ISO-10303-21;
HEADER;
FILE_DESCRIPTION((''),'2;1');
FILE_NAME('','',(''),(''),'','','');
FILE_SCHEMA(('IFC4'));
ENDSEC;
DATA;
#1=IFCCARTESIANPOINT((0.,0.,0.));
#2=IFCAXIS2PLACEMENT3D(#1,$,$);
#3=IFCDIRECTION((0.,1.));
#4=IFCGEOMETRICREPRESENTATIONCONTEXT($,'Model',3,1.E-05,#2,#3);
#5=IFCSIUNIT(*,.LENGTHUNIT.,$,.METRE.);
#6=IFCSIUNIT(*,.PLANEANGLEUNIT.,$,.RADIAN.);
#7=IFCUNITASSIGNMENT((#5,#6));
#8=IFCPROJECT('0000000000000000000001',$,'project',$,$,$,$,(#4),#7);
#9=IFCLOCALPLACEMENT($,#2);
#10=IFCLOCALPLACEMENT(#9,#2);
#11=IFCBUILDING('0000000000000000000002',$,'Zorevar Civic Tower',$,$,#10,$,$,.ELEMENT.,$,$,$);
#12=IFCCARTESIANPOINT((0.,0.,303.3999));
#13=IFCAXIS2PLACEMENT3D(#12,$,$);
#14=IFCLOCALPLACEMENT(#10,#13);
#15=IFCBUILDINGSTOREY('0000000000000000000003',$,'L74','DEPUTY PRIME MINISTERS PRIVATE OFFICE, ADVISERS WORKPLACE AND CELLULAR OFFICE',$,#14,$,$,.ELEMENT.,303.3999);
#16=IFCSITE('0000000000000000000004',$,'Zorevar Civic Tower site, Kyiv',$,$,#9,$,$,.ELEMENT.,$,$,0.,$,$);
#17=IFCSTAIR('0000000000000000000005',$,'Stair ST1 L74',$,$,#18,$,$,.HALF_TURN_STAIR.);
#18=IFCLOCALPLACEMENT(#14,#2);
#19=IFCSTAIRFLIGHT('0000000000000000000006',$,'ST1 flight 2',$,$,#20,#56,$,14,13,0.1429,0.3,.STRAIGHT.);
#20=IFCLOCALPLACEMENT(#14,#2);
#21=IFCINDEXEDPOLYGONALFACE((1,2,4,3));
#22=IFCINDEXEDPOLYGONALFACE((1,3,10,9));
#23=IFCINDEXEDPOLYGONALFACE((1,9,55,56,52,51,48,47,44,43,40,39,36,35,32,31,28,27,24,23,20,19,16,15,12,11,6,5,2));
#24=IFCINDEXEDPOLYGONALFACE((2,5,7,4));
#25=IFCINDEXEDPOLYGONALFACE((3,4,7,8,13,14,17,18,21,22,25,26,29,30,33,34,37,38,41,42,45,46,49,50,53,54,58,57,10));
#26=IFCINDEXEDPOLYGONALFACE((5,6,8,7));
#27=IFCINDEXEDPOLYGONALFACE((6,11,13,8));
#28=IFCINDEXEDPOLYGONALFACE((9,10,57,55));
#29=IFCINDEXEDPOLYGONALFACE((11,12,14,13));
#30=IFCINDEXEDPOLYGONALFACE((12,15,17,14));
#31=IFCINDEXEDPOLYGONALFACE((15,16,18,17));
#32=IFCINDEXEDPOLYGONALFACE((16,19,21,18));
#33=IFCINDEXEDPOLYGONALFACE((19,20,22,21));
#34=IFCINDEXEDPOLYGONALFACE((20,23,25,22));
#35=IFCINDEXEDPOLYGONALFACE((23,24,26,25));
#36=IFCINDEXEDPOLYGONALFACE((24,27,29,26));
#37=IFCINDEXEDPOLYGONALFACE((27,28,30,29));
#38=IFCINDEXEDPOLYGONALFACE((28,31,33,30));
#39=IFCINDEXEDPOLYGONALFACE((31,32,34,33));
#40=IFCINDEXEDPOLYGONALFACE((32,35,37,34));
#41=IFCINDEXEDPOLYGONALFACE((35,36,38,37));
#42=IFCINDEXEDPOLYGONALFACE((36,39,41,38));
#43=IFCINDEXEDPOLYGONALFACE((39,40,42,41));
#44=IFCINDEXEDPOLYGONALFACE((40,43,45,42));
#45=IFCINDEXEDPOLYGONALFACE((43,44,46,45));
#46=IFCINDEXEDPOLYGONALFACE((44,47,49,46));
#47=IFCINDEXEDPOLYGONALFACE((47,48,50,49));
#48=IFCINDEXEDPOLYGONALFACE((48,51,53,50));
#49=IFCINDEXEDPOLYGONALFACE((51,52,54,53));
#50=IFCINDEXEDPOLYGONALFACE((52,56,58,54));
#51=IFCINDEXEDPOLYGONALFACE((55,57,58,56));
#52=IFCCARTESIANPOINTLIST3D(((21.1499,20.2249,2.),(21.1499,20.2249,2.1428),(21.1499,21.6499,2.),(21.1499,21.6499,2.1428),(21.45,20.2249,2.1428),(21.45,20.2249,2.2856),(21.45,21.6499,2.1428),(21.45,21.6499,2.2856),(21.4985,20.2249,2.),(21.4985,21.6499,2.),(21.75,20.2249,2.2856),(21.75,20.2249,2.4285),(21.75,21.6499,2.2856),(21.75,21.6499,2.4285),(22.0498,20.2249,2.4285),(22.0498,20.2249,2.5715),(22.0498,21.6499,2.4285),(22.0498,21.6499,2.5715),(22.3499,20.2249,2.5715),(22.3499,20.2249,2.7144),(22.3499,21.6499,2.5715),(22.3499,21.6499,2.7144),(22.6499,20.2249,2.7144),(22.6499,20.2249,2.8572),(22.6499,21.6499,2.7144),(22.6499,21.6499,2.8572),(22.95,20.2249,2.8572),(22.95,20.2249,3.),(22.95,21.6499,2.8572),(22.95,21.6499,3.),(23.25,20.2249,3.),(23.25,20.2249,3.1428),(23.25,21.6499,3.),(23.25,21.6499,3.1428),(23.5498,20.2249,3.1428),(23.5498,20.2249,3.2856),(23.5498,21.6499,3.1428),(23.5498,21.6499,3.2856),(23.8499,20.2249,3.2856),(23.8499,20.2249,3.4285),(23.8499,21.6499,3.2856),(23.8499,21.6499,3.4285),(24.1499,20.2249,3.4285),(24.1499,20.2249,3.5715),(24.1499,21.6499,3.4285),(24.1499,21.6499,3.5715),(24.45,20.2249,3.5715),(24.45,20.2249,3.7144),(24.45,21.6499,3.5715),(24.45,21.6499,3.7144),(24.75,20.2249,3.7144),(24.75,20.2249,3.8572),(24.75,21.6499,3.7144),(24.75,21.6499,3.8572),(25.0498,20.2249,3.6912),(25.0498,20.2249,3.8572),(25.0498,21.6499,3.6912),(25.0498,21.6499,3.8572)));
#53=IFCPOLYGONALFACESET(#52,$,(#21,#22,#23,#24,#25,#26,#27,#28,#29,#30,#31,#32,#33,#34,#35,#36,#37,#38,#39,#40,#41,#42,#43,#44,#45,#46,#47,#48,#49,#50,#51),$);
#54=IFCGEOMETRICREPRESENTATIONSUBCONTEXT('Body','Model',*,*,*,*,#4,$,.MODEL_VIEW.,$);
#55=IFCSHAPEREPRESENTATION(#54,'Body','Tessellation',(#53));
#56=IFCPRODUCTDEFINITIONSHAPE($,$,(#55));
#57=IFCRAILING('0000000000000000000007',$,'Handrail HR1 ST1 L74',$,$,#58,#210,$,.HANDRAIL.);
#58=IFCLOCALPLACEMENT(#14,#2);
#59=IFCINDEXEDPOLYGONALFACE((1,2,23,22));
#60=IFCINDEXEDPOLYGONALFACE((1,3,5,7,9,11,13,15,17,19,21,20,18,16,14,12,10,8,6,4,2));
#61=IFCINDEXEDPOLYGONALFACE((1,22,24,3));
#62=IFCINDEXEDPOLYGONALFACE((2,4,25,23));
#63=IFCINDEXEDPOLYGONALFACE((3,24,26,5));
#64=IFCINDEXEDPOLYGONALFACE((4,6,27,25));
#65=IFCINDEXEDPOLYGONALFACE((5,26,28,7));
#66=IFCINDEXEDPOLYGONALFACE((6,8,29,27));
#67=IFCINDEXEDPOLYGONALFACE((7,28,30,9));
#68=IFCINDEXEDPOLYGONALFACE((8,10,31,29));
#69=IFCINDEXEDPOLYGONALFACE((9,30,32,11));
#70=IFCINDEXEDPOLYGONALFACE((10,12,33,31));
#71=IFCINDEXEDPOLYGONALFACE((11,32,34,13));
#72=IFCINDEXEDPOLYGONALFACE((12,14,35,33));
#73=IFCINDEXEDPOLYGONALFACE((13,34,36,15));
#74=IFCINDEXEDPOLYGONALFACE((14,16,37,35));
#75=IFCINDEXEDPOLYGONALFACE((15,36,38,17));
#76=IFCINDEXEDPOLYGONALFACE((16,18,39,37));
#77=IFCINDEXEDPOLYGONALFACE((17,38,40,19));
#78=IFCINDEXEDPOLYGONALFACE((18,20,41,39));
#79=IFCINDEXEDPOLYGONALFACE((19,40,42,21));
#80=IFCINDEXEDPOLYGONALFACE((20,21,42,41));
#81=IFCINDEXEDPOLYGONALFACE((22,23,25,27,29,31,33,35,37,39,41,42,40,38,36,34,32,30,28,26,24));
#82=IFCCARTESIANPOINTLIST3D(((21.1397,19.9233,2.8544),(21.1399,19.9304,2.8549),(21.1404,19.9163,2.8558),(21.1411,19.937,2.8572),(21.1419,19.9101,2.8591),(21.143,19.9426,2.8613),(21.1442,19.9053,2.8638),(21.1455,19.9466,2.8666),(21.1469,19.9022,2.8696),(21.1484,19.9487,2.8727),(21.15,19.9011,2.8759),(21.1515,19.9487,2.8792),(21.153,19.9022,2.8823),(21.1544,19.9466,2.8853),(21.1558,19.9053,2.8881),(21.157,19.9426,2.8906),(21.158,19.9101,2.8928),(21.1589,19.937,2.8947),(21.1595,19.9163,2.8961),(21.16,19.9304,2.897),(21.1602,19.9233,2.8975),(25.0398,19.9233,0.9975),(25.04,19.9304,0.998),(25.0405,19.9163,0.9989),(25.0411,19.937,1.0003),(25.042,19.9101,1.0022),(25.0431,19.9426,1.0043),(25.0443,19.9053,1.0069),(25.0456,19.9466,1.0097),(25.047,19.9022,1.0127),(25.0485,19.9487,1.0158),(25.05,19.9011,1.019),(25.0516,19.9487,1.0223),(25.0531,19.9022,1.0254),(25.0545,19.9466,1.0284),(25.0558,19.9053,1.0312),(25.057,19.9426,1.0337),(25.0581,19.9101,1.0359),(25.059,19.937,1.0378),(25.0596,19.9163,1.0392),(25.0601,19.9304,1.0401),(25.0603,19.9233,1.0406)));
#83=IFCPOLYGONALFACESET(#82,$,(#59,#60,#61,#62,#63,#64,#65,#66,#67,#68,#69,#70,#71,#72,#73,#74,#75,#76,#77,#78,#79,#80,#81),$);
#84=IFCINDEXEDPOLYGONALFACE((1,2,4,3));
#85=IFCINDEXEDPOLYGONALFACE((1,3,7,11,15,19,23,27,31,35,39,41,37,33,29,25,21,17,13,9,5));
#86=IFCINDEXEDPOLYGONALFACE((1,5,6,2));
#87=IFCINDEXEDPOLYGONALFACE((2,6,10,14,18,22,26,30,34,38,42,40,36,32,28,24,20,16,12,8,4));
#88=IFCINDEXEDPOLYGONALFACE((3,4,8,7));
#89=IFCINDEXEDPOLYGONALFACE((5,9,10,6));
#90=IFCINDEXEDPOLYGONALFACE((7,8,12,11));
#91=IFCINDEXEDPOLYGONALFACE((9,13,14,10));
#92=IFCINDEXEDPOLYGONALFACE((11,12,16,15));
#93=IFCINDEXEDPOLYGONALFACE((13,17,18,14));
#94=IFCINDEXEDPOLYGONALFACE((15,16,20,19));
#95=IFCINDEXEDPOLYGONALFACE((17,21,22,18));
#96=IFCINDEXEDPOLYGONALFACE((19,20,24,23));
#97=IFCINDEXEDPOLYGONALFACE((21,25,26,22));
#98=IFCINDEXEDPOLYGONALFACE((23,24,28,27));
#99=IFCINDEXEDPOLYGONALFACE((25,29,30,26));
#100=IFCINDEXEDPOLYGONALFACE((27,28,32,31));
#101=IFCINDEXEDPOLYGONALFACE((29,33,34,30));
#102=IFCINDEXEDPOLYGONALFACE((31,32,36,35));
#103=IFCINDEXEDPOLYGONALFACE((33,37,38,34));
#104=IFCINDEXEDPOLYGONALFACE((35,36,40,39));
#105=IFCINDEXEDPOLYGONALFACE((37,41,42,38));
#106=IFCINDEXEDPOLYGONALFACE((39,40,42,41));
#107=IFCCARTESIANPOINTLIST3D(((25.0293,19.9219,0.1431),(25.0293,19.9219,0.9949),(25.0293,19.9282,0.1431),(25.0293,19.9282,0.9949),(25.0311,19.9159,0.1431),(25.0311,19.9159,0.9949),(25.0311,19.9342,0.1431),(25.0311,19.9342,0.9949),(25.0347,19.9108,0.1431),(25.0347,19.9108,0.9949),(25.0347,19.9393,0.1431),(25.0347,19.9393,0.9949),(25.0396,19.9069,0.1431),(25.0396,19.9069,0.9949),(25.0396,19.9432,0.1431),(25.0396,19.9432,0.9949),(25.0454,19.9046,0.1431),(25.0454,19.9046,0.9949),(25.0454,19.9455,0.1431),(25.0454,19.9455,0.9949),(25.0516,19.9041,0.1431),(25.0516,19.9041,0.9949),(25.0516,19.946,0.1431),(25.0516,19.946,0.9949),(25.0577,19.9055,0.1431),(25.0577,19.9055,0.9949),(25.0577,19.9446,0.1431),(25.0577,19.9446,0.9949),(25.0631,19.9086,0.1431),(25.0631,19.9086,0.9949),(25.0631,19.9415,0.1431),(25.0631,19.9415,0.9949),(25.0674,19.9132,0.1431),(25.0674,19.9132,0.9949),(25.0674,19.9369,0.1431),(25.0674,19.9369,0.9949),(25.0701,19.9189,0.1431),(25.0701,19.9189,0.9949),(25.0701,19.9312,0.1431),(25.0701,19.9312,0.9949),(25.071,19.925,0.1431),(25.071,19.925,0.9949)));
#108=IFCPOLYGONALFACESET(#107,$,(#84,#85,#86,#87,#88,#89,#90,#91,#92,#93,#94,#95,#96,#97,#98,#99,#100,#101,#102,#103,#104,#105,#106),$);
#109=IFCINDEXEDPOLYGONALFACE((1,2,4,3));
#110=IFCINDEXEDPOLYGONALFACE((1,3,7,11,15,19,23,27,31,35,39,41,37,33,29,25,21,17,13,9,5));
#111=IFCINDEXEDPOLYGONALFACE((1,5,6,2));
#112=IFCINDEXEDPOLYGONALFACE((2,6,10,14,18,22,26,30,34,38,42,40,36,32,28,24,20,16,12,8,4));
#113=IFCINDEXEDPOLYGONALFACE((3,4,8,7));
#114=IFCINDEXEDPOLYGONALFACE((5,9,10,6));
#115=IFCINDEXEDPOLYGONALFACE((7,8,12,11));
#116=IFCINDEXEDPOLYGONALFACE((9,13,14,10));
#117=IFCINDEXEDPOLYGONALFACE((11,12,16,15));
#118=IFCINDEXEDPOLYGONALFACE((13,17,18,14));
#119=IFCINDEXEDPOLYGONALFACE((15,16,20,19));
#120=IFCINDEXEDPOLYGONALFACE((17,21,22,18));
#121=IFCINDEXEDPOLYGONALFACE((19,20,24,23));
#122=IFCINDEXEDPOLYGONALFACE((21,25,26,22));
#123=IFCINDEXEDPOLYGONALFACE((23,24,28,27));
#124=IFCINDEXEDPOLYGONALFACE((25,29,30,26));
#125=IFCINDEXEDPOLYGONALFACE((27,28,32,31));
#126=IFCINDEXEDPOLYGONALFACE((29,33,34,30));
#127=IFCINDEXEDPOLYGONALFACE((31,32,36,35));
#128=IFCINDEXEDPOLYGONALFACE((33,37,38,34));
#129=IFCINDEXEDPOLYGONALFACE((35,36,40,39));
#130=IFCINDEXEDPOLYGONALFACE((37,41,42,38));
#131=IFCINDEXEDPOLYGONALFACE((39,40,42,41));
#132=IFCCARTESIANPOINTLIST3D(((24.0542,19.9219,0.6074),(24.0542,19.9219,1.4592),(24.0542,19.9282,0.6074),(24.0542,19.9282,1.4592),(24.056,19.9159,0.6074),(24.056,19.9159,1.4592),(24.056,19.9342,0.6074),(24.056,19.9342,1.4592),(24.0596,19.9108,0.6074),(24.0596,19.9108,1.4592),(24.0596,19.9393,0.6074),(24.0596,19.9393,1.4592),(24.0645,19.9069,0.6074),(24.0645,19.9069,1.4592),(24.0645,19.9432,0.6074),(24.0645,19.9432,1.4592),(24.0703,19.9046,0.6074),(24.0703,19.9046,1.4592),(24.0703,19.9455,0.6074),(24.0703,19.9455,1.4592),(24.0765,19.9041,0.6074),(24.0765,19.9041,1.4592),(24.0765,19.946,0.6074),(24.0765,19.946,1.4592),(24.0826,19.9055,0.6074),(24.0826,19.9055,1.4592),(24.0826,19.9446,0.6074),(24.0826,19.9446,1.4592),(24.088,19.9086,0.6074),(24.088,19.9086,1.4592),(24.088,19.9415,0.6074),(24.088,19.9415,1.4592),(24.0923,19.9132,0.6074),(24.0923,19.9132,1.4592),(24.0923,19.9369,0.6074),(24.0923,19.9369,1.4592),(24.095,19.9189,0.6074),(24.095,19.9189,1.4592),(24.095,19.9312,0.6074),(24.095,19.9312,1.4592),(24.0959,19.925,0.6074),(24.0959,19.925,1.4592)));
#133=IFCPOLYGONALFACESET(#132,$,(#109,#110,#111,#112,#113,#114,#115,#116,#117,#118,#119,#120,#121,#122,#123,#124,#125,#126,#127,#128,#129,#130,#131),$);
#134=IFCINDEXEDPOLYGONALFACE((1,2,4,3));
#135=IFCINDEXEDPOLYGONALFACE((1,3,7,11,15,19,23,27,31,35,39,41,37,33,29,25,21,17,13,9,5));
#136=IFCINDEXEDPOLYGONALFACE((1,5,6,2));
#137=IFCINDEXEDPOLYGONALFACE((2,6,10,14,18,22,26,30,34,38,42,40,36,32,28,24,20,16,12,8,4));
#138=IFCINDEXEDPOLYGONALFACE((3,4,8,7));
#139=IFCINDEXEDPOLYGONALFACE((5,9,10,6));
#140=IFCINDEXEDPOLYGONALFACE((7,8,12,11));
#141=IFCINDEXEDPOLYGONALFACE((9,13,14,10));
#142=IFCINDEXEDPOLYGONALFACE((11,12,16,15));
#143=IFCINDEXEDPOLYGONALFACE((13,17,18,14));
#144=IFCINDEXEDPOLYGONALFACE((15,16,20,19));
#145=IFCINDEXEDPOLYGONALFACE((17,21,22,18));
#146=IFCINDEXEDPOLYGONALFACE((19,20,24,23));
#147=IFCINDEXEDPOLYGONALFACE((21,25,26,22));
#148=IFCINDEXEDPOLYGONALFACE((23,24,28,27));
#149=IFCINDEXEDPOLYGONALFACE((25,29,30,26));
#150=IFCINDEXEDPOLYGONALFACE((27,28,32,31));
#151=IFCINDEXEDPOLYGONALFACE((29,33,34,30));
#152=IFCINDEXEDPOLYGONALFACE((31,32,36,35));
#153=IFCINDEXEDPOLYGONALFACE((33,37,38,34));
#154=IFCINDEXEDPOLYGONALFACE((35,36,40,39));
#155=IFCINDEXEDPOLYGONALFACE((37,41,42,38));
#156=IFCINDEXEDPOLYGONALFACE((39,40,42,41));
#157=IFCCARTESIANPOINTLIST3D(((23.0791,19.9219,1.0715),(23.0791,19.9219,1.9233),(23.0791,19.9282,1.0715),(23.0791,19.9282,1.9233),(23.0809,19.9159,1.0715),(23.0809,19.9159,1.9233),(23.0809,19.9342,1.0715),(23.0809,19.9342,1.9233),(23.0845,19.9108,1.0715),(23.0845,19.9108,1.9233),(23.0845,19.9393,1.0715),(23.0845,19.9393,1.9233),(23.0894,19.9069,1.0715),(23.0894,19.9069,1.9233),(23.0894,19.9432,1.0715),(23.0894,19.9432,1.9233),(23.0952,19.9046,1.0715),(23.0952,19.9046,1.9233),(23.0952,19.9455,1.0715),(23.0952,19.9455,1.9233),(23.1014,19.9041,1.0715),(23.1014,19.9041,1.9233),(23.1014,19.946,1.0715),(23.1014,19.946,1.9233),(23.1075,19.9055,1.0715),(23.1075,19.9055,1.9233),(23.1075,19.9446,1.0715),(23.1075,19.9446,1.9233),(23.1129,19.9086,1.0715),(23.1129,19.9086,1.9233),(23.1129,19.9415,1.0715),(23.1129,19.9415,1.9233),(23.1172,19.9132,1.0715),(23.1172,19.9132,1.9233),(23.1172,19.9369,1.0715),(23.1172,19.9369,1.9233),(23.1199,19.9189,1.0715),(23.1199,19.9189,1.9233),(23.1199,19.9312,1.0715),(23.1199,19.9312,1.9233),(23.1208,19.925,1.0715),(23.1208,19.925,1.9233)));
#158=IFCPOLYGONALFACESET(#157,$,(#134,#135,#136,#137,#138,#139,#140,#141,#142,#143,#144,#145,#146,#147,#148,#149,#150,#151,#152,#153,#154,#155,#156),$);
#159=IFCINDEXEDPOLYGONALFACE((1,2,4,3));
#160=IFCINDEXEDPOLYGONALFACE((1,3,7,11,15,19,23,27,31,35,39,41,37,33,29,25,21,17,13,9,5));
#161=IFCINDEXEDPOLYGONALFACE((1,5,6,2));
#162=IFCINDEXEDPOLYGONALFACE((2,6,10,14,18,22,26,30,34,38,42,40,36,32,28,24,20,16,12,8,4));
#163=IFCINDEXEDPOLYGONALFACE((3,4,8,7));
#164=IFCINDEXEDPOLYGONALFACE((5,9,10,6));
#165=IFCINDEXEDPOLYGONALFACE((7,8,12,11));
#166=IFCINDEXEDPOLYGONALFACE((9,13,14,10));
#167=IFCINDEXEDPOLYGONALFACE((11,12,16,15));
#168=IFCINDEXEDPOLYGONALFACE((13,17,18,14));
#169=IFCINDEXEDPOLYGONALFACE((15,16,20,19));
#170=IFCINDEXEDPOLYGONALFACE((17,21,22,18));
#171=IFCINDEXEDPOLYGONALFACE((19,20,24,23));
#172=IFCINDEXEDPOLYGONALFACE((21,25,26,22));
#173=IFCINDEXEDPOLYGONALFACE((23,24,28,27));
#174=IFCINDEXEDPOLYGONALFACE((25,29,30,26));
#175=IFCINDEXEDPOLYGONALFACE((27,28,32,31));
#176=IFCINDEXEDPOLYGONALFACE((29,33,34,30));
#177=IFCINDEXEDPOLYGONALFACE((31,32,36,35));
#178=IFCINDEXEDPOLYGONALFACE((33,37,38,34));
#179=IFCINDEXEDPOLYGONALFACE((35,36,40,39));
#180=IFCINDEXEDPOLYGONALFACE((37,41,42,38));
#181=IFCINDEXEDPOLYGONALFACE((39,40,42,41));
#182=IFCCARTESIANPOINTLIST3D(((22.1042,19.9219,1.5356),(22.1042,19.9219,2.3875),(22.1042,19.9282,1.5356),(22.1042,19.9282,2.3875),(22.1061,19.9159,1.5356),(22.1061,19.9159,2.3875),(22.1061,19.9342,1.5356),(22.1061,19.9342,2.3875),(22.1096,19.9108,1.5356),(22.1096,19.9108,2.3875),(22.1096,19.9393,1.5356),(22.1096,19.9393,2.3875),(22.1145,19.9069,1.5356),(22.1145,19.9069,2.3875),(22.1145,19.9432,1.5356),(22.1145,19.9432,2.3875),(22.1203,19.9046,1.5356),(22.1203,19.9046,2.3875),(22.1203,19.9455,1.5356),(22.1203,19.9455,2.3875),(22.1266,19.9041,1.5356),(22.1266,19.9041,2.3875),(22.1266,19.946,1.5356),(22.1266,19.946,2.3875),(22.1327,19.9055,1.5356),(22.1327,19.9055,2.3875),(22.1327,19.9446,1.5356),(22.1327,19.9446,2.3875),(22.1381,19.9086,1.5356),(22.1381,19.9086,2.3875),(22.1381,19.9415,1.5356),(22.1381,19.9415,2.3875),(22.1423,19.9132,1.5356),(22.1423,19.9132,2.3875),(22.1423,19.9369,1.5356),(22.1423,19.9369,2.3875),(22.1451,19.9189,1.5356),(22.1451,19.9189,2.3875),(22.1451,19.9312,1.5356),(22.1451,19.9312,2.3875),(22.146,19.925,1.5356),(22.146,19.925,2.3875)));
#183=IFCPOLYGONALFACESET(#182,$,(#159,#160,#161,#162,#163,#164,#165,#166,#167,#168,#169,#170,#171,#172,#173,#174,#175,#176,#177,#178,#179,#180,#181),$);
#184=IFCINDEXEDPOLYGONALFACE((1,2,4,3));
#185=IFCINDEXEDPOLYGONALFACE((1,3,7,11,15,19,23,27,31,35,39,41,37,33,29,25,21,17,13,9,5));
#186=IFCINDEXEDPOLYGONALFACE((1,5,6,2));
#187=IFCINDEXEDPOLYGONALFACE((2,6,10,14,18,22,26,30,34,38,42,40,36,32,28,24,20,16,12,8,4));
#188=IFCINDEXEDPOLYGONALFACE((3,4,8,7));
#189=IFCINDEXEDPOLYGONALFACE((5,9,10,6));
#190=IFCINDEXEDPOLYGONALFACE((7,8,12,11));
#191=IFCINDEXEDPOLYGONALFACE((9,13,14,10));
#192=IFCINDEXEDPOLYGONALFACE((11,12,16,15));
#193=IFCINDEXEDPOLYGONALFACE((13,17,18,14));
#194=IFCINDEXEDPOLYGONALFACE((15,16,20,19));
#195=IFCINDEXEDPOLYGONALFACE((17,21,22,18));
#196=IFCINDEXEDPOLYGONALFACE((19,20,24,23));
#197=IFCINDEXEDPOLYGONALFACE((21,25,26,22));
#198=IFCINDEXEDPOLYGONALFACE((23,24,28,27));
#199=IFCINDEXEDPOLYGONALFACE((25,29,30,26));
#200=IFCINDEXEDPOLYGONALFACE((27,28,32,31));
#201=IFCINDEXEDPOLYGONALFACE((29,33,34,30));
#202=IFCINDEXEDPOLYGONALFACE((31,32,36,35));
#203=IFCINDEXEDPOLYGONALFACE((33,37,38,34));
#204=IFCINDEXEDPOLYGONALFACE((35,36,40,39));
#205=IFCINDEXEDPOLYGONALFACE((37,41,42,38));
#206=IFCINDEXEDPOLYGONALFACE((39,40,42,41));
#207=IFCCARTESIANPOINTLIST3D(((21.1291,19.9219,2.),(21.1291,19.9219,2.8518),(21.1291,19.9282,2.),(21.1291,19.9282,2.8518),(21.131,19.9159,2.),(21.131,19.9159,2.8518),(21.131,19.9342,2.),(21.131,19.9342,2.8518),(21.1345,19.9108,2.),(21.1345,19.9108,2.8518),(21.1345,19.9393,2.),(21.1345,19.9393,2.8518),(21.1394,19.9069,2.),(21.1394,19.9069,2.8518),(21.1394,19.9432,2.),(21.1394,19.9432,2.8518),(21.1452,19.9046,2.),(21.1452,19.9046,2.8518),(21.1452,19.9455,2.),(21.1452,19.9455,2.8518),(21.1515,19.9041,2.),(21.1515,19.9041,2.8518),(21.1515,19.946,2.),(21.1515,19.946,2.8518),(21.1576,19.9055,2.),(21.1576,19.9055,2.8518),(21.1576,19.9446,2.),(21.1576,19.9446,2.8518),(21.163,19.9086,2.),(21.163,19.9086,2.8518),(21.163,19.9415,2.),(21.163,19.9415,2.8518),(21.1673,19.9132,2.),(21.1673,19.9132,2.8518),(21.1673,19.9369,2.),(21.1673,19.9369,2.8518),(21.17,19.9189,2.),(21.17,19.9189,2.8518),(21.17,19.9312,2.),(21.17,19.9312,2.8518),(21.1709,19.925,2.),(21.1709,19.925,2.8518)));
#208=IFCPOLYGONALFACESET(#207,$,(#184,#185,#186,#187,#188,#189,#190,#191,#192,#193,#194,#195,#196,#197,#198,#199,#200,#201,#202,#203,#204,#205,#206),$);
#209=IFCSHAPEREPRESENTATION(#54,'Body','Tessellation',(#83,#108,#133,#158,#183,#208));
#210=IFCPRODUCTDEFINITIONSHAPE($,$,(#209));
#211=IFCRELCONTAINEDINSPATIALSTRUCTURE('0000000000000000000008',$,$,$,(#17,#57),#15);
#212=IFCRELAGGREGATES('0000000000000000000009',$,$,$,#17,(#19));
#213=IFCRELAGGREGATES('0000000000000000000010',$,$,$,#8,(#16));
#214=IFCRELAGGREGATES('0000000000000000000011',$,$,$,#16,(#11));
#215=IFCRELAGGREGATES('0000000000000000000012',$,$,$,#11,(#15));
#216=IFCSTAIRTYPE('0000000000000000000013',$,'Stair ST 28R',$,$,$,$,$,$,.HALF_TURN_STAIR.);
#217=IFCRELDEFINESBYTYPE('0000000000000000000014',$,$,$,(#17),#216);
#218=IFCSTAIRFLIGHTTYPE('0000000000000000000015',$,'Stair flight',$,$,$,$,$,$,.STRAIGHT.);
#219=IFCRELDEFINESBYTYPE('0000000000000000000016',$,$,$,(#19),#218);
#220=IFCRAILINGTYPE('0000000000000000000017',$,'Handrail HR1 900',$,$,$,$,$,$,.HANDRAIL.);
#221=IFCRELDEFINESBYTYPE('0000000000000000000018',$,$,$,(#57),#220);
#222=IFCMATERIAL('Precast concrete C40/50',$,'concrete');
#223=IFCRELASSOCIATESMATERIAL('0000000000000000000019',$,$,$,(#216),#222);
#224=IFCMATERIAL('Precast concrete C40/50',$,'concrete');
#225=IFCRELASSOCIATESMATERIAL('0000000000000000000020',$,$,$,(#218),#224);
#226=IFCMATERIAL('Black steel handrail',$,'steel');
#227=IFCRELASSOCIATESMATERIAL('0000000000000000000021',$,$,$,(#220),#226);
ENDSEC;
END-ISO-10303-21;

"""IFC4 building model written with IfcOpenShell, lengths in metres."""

from ifc_helpers import new_model, si_unit, direction, frame, origin, origin_2d, place, context, subcontext, project, spatial, polyline, circle, outline, extrude, material, type_object, element, aggregate, save


model = new_model("IFC4")

# Units and contexts
model_context = context("Model", 3, precision=1e-05, world=origin(), true_north=direction((0.0, 1.0)))
body_context = subcontext(model_context, "Body", "Model", "MODEL_VIEW")
ifc_project = project(units=[si_unit("LENGTHUNIT", "METRE"), si_unit("PLANEANGLEUNIT", "RADIAN")], contexts=[model_context])

# Site, building, storey
site_placement = place(None, origin())
site = spatial("IfcSite", under=ifc_project, at=site_placement, Name="Zorevar Civic Tower site, Kyiv", CompositionType="ELEMENT", RefElevation=0.0)
building_placement = place(site_placement, origin())
building = spatial("IfcBuilding", under=site, at=building_placement, Name="Zorevar Civic Tower", CompositionType="ELEMENT")
storey_placement = place(building_placement, frame((0.0, 0.0, 303.3999)))
storey = spatial("IfcBuildingStorey", under=building, at=storey_placement, Name="L74", Description="DEPUTY PRIME MINISTERS PRIVATE OFFICE, ADVISERS WORKPLACE AND CELLULAR OFFICE", CompositionType="ELEMENT", Elevation=303.3999)

# Stair, stair flight
ifc_material_1 = material(Name="Precast concrete C40/50", Category="concrete")
stair_type = type_object("IfcStairType", Name="Stair ST 28R", PredefinedType="HALF_TURN_STAIR", material=ifc_material_1)
stair_placement = place(storey_placement, origin())
stair = element("IfcStair", 1, at=stair_placement, inside=storey, type_object=stair_type, Name="Stair ST1 L74", PredefinedType="HALF_TURN_STAIR")
ifc_material_2 = material(Name="Precast concrete C40/50", Category="concrete")
stair_flight_type = type_object("IfcStairFlightType", Name="Stair flight", PredefinedType="STRAIGHT", material=ifc_material_2)
stair_flight_placement = place(storey_placement, frame((21.1499, 20.9375, 2.0), z_axis=(0.0, 0.0, 1.0), x_axis=(1.0, 0.0, 0.0)))
stair_flight = element("IfcStairFlight", 2, at=stair_flight_placement, type_object=stair_flight_type, Name="ST1 flight 2", NumberOfRisers=14, NumberOfTreads=13, PredefinedType="STRAIGHT", RiserHeight=0.1429, TreadLength=0.3, context=body_context, shape_type="SweptSolid", body=[
    extrude(outline(polyline([(0.0, 0.0), (0.0, 0.1428), (0.3, 0.1428), (0.3, 0.2856), (0.6001, 0.2856), (0.6001, 0.4285), (0.8999, 0.4285), (0.8999, 0.5715), (1.2, 0.5715), (1.2, 0.7144), (1.5, 0.7144), (1.5, 0.8572), (1.8, 0.8572), (1.8, 1.0), (2.1001, 1.0), (2.1001, 1.1428), (2.3999, 1.1428), (2.3999, 1.2856), (2.7, 1.2856), (2.7, 1.4285), (3.0, 1.4285), (3.0, 1.5715), (3.3, 1.5715), (3.3, 1.7144), (3.6001, 1.7144), (3.6001, 1.8572), (3.8999, 1.8572), (3.8999, 2.0), (3.8999, 1.6912), (0.3486, 0.0), (0.0, 0.0)])), frame((0.0, 0.7124, 0.0), z_axis=(0.0, -1.0, 0.0), x_axis=(1.0, 0.0, 0.0)), (0.0, 0.0, 1.0), 1.425),
])
aggregate(stair, [stair_flight])

# Railing
ifc_material_3 = material(Name="Black steel handrail", Category="steel")
railing_type = type_object("IfcRailingType", Name="Handrail HR1 900", PredefinedType="HANDRAIL", material=ifc_material_3)
railing_1_placement = place(storey_placement, frame((25.05, 19.925, 0.1431)))
element("IfcRailing", 3, at=railing_1_placement, inside=storey, type_object=railing_type, Name="Handrail HR1 ST1 L74", PredefinedType="HANDRAIL", context=body_context, shape_type="SweptSolid", body=[
    extrude(circle(Radius=0.0239, at=origin_2d()), frame((0.0, 0.0, 0.876), z_axis=(-0.902886, 0.0, 0.429881), x_axis=(0.0, -1.0, 0.0)), (0.0, 0.0, 1.0), 4.3196),
    extrude(circle(Radius=0.021, at=origin_2d()), origin(), (0.0, 0.0, 1.0), 0.8518),
    extrude(circle(Radius=0.021, at=origin_2d()), frame((-0.9751, 0.0, 0.4644)), (0.0, 0.0, 1.0), 0.8518),
    extrude(circle(Radius=0.021, at=origin_2d()), frame((-1.9502, 0.0, 0.9285)), (0.0, 0.0, 1.0), 0.8518),
    extrude(circle(Radius=0.021, at=origin_2d()), frame((-2.925, 0.0, 1.3926)), (0.0, 0.0, 1.0), 0.8518),
    extrude(circle(Radius=0.021, at=origin_2d()), frame((-3.9001, 0.0, 1.8569)), (0.0, 0.0, 1.0), 0.8518),
])

save(model, "model.ifc")
